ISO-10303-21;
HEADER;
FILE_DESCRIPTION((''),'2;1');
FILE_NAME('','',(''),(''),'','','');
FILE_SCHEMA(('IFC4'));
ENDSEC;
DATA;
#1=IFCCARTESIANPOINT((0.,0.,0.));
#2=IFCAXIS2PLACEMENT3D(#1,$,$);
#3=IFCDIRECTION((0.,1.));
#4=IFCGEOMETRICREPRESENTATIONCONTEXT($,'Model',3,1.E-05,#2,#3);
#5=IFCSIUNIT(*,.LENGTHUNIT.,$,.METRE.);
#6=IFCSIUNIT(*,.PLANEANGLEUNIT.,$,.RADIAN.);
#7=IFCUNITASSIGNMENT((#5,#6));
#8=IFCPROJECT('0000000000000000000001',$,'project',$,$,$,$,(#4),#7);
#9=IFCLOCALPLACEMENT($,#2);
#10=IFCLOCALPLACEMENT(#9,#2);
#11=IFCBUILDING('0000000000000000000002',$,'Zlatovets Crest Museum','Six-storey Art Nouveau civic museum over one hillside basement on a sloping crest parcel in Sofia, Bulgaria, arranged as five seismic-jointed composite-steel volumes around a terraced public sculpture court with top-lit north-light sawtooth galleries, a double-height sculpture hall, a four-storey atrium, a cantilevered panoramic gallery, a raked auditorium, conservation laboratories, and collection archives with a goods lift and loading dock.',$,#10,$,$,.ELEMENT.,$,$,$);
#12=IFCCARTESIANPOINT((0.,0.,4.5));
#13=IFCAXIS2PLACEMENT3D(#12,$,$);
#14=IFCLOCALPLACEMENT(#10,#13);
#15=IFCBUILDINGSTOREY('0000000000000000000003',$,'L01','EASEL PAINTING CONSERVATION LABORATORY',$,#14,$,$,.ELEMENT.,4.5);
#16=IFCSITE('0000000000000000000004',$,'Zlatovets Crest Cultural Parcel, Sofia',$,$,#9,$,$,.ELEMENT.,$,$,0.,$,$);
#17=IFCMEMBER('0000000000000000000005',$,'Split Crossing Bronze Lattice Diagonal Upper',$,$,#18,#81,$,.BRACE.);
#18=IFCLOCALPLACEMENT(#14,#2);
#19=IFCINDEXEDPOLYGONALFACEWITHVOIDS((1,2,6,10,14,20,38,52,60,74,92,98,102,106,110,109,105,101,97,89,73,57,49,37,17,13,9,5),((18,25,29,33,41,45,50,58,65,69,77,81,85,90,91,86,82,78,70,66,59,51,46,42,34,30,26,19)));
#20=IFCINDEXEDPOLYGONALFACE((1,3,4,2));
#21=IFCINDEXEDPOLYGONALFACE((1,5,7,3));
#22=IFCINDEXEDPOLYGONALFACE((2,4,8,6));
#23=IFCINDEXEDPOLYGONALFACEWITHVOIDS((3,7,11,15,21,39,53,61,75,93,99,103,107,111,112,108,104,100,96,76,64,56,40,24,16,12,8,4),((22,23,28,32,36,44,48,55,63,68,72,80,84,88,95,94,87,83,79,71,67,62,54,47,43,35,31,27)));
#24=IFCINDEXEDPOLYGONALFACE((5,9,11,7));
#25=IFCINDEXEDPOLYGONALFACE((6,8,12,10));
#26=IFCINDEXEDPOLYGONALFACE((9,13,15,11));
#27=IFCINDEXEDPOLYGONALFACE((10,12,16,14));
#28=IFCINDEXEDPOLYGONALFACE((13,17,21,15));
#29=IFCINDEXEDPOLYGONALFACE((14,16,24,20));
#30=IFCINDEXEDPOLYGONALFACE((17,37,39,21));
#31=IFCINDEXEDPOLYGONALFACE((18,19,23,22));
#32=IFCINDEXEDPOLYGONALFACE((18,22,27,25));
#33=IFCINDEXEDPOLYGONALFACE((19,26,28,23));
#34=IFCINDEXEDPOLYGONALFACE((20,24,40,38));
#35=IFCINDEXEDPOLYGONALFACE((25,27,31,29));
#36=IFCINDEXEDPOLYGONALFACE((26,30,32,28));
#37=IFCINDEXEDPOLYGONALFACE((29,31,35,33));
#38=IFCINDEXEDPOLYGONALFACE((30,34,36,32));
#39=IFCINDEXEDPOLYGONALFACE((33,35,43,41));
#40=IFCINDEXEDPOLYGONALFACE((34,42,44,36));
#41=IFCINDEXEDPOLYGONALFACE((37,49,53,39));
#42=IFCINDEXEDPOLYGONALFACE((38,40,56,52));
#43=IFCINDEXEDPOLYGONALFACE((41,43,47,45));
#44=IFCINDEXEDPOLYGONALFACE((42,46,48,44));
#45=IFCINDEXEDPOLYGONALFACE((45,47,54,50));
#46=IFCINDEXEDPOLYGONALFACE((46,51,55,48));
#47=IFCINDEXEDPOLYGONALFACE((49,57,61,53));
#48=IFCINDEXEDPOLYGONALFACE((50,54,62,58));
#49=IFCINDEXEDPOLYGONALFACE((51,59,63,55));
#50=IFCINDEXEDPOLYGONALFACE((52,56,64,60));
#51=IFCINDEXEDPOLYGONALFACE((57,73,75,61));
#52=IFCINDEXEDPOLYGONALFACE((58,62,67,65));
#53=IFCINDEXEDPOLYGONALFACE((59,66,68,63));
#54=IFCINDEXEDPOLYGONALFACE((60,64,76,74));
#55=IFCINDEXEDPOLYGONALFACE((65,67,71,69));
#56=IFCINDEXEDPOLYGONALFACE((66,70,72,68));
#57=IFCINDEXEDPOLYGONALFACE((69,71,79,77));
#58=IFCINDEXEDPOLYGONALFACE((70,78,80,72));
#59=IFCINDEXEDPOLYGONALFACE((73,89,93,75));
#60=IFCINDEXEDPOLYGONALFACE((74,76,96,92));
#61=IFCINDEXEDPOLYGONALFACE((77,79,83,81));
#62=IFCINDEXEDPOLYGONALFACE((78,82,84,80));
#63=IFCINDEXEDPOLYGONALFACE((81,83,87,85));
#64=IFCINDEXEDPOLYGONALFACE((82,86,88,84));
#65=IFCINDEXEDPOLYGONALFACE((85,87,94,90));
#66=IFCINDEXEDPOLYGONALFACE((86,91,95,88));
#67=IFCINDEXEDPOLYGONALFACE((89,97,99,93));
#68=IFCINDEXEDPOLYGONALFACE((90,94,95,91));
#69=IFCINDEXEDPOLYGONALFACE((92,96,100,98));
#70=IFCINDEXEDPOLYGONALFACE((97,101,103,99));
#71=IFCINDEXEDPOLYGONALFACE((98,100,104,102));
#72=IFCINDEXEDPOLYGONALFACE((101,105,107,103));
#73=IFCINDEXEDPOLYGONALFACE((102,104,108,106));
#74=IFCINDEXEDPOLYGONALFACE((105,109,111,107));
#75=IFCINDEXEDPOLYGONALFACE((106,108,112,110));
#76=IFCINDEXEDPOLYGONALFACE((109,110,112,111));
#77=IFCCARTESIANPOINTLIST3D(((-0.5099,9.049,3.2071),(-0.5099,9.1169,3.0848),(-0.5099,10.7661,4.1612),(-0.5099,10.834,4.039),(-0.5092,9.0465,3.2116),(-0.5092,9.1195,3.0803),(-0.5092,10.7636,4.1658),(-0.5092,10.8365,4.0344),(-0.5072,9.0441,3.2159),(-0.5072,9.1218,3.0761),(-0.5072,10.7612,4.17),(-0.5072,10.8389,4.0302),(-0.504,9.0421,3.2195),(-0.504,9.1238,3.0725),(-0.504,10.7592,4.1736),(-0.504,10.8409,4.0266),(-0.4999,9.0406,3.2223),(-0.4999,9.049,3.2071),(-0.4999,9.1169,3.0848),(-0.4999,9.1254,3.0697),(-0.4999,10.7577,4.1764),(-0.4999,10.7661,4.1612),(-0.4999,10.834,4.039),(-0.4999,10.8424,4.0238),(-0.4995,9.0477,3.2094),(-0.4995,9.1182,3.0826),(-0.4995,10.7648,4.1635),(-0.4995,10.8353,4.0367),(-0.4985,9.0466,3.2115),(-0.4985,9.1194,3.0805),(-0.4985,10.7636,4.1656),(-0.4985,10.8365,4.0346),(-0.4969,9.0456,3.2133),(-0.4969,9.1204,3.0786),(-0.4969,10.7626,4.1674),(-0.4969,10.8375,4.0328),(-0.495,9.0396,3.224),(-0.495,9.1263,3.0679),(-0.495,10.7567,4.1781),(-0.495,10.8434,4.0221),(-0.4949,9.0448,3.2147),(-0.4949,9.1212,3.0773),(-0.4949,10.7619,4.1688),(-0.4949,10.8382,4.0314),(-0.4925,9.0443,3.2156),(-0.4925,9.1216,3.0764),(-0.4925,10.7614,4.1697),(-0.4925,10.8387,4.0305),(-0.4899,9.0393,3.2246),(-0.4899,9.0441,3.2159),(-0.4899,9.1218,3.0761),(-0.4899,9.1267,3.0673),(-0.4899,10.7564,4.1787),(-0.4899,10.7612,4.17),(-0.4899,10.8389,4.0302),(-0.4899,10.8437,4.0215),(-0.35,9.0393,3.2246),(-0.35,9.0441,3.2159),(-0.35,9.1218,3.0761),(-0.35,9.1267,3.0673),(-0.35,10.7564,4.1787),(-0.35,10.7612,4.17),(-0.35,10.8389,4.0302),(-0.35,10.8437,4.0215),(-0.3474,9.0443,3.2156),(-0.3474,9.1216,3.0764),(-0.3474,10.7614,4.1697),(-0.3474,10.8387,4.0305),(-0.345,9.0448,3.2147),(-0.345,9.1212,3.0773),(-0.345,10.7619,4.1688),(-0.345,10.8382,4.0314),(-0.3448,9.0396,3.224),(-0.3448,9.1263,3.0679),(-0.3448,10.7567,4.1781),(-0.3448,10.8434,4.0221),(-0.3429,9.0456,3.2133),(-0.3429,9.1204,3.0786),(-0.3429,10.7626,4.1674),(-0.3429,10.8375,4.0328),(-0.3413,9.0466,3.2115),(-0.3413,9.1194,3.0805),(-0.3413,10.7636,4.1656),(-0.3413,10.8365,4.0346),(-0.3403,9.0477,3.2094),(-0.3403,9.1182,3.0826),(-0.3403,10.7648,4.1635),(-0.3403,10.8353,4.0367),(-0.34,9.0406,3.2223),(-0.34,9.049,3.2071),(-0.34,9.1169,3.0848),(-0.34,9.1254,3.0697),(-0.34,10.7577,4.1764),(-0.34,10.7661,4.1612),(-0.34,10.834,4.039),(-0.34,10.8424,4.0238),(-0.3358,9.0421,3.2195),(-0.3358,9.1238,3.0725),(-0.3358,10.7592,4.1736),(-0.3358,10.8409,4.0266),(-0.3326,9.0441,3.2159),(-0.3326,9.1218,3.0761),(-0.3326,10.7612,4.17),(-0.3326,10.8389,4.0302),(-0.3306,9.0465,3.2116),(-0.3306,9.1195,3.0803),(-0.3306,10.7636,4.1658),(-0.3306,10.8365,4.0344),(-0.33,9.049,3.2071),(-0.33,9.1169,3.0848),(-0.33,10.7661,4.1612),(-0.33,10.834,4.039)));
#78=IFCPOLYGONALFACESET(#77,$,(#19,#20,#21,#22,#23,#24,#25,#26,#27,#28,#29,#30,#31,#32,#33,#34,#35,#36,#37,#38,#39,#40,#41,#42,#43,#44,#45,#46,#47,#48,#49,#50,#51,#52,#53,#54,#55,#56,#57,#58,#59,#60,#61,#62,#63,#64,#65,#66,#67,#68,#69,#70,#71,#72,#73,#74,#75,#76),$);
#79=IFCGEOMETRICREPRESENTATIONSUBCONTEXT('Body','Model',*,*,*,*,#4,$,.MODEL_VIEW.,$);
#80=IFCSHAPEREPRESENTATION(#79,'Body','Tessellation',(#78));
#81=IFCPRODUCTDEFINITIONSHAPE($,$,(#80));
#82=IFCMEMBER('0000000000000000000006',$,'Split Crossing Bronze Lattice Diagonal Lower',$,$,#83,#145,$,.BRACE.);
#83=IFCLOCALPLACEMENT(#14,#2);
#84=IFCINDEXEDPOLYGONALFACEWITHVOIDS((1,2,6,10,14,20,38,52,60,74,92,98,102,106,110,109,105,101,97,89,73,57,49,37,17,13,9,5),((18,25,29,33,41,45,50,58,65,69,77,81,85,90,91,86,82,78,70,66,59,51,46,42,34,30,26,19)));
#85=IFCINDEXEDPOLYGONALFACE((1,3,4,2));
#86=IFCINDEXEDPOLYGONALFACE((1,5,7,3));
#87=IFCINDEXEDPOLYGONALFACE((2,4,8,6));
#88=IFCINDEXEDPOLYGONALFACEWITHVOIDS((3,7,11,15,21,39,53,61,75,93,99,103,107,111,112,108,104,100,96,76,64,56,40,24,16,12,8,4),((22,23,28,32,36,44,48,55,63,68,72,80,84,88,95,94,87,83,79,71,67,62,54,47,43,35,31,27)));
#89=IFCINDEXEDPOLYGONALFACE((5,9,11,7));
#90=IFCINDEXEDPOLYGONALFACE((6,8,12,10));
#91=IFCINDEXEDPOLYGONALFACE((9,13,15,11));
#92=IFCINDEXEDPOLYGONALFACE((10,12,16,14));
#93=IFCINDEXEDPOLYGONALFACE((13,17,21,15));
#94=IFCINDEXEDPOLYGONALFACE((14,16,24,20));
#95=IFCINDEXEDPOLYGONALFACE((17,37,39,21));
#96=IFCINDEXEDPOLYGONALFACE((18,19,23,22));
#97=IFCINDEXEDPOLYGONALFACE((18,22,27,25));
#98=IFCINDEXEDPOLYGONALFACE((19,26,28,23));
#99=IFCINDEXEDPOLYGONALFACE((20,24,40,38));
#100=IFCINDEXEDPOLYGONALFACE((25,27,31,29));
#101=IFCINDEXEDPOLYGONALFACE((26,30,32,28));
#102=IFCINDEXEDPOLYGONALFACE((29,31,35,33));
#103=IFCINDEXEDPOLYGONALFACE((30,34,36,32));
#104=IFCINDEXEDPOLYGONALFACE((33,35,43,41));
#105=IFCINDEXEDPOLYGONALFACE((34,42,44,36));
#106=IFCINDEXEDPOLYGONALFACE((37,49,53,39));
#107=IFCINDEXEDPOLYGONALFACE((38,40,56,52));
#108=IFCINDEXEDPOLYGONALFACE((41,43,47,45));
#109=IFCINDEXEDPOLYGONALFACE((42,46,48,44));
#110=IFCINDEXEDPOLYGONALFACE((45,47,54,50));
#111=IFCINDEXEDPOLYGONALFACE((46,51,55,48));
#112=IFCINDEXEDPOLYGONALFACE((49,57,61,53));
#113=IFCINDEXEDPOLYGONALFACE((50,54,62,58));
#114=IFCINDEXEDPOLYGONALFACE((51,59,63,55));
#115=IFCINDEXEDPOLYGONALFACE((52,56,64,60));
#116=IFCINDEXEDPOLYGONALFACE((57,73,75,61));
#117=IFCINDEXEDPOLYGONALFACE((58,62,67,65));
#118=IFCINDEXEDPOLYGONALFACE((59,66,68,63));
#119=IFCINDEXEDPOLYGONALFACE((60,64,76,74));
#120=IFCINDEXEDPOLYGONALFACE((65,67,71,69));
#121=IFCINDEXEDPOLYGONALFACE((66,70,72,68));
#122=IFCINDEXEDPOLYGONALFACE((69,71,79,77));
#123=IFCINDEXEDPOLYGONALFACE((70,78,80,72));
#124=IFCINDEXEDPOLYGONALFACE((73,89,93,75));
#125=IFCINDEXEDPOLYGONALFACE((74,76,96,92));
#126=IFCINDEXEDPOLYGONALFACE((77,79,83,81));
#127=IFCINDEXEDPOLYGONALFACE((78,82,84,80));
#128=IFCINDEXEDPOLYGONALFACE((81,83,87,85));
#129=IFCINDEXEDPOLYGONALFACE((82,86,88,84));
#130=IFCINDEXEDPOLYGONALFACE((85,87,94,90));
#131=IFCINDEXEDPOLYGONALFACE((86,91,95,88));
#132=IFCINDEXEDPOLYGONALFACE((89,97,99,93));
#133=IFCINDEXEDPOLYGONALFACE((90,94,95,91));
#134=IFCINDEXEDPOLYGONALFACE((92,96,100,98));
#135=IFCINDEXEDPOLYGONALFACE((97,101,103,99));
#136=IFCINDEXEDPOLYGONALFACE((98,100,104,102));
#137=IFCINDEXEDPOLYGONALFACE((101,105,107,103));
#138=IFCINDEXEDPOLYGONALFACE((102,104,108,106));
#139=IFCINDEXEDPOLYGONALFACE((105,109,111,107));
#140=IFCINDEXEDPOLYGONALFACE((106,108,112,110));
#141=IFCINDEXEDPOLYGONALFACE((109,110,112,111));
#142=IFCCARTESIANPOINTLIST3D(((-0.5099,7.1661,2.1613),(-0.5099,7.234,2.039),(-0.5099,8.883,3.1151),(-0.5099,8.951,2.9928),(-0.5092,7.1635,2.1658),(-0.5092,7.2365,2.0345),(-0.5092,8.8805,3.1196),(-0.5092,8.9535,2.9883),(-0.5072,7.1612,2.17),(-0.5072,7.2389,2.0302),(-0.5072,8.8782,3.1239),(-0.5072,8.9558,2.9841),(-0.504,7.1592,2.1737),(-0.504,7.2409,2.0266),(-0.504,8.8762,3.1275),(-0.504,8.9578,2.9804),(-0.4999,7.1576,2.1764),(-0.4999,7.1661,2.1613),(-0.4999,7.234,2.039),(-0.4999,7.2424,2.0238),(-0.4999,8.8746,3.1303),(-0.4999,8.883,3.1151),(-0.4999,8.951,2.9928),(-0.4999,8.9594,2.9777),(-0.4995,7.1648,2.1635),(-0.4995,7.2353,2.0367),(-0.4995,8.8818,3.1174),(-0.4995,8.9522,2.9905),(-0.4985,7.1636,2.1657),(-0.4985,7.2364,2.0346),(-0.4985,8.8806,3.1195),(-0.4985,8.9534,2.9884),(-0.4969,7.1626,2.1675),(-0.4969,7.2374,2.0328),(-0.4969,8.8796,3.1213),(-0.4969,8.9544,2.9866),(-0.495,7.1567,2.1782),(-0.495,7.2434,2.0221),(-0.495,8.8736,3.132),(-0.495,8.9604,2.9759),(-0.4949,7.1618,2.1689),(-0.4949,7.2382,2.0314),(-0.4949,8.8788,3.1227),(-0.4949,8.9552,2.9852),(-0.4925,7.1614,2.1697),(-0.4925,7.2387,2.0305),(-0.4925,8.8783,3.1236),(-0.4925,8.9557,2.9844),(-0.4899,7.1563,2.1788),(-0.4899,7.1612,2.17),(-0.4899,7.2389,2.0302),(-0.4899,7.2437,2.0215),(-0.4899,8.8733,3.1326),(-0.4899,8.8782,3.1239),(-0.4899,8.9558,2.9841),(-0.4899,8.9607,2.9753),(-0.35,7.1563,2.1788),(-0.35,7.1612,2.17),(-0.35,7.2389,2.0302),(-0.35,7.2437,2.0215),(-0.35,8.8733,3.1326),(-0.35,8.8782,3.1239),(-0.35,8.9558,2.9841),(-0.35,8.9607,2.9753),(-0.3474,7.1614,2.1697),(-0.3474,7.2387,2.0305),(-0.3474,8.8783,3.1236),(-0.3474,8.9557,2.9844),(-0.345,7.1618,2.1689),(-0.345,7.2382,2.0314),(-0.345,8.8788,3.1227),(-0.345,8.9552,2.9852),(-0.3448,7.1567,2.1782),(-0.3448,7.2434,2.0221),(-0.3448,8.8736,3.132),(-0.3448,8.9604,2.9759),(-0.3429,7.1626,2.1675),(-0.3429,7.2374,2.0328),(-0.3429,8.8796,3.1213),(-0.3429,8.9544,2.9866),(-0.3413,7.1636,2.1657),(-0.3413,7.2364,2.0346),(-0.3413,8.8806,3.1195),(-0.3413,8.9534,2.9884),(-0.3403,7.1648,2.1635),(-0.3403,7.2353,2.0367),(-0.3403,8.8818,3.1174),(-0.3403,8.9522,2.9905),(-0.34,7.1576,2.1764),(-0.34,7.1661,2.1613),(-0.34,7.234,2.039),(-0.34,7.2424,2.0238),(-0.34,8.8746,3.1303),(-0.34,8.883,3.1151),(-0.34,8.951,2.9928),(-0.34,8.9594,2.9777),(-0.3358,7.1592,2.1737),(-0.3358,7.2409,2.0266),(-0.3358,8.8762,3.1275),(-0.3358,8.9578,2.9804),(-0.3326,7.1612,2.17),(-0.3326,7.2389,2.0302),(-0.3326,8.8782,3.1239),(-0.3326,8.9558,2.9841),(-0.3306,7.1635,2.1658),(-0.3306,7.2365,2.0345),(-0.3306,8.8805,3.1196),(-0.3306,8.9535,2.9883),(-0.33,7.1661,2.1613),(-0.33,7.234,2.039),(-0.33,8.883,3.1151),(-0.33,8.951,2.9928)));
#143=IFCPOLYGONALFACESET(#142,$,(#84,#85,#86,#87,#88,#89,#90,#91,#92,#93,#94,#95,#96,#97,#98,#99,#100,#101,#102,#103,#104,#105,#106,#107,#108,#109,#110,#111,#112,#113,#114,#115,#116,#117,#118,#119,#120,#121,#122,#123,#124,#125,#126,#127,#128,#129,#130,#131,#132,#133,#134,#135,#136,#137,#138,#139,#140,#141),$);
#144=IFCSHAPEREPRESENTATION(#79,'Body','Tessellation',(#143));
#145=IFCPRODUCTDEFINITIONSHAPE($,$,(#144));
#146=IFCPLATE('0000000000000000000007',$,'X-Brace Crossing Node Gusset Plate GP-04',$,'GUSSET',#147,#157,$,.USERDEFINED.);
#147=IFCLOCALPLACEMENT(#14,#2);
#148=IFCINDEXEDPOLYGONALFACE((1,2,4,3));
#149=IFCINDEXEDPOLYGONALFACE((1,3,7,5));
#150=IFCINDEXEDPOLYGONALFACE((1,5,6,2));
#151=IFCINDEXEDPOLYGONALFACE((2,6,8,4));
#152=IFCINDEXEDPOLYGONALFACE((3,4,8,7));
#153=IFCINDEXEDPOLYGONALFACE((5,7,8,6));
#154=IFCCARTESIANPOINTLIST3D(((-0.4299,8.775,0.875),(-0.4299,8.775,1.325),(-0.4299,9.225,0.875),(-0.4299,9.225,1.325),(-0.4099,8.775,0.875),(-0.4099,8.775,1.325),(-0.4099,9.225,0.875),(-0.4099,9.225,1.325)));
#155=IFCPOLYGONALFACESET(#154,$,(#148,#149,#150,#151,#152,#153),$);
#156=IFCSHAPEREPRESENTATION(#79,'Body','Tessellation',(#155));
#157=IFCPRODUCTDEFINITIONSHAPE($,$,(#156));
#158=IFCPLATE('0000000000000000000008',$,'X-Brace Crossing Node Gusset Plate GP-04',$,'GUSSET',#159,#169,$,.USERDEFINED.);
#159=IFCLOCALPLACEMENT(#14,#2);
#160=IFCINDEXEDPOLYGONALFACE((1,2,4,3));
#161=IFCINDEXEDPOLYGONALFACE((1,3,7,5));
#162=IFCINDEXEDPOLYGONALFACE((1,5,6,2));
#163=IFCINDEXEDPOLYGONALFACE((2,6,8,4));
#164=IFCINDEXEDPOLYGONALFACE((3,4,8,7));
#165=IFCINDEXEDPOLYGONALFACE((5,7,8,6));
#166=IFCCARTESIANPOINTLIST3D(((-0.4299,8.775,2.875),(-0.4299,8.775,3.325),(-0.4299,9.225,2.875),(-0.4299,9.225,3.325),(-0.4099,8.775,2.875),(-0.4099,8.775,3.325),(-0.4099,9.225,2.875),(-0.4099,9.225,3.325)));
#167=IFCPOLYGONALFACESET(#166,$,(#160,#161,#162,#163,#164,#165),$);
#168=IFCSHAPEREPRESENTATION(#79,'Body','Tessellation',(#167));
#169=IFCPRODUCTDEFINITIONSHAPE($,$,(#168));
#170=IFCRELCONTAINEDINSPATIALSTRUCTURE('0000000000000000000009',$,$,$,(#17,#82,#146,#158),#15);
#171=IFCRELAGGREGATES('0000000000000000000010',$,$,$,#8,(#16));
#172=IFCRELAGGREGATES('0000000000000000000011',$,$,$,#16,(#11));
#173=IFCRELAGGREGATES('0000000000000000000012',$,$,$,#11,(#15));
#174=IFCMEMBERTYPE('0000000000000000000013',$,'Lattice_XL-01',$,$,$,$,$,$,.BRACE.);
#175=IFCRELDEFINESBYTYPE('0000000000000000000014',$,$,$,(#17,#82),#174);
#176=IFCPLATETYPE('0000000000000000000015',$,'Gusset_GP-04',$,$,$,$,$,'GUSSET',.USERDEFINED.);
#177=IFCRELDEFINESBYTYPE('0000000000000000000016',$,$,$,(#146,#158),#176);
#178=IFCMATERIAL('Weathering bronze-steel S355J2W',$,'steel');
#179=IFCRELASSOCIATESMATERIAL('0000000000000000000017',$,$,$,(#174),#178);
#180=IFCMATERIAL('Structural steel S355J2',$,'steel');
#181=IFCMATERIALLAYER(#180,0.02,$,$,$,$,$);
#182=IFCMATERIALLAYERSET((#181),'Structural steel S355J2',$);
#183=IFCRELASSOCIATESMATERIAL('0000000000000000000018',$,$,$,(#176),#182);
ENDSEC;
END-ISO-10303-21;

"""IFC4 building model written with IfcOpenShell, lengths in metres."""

from ifc_helpers import new_model, si_unit, direction, frame, origin, origin_2d, place, context, subcontext, project, spatial, rectangle, hollow_rectangle, extrude, material, layer, layer_set, material_profile, profile_set, type_object, element, save


model = new_model("IFC4")

# Units and contexts
model_context = context("Model", 3, precision=1e-05, world=origin(), true_north=direction((0.0, 1.0)))
body_context = subcontext(model_context, "Body", "Model", "MODEL_VIEW")
ifc_project = project(units=[si_unit("LENGTHUNIT", "METRE"), si_unit("PLANEANGLEUNIT", "RADIAN")], contexts=[model_context])

# Site, building, storey
site_placement = place(None, origin())
site = spatial("IfcSite", under=ifc_project, at=site_placement, Name="Zlatovets Crest Cultural Parcel, Sofia", CompositionType="ELEMENT", RefElevation=0.0)
building_placement = place(site_placement, origin())
building = spatial("IfcBuilding", under=site, at=building_placement, Name="Zlatovets Crest Museum", Description="Six-storey Art Nouveau civic museum over one hillside basement on a sloping crest parcel in Sofia, Bulgaria, arranged as five seismic-jointed composite-steel volumes around a terraced public sculpture court with top-lit north-light sawtooth galleries, a double-height sculpture hall, a four-storey atrium, a cantilevered panoramic gallery, a raked auditorium, conservation laboratories, and collection archives with a goods lift and loading dock.", CompositionType="ELEMENT")
storey_placement = place(building_placement, frame((0.0, 0.0, 4.5)))
storey = spatial("IfcBuildingStorey", under=building, at=storey_placement, Name="L01", Description="EASEL PAINTING CONSERVATION LABORATORY", CompositionType="ELEMENT", Elevation=4.5)

# Shared definitions
ifc_material_1 = material(Name="Structural steel S355J2", Category="steel")

# Members
ifc_material_2 = material(Name="Weathering bronze-steel S355J2W", Category="steel")
ifc_material_profile_1 = material_profile(ifc_material_2, hollow_rectangle(XDim=0.1799, YDim=0.1799, WallThickness=0.01, InnerFilletRadius=0.01, OuterFilletRadius=0.02, at=origin_2d()), Name="SHS 180x180x10.0")
ifc_profile_set_1 = profile_set([ifc_material_profile_1], Name="Weathering bronze-steel S355J2W")
member_type = type_object("IfcMemberType", Name="Lattice_XL-01", PredefinedType="BRACE", material=ifc_profile_set_1)
member_1_placement = place(storey_placement, frame((-0.4199, 10.8, 4.1001), z_axis=(0.0, -0.874116, -0.485717), x_axis=(1.0, 0.0, 0.0)))
element("IfcMember", 1, at=member_1_placement, inside=storey, type_object=member_type, Name="Split Crossing Bronze Lattice Diagonal Upper", PredefinedType="BRACE", context=body_context, shape_type="SweptSolid", body=[
    extrude(hollow_rectangle(XDim=0.1799, YDim=0.1799, WallThickness=0.01, InnerFilletRadius=0.01, OuterFilletRadius=0.02, at=origin_2d()), origin(), (0.0, 0.0, 1.0), 1.9644),
])
member_2_placement = place(storey_placement, frame((-0.4199, 8.917, 3.054), z_axis=(0.0, -0.874169, -0.485622), x_axis=(1.0, 0.0, 0.0)))
element("IfcMember", 2, at=member_2_placement, inside=storey, type_object=member_type, Name="Split Crossing Bronze Lattice Diagonal Lower", PredefinedType="BRACE", context=body_context, shape_type="SweptSolid", body=[
    extrude(hollow_rectangle(XDim=0.1799, YDim=0.1799, WallThickness=0.01, InnerFilletRadius=0.01, OuterFilletRadius=0.02, at=origin_2d()), origin(), (0.0, 0.0, 1.0), 1.9641),
])

# Plates
ifc_layer_1 = layer(ifc_material_1, 0.02)
ifc_layer_set_1 = layer_set([ifc_layer_1], Name="Structural steel S355J2")
plate_type = type_object("IfcPlateType", Name="Gusset_GP-04", ElementType="GUSSET", PredefinedType="USERDEFINED", material=ifc_layer_set_1)
for number, where, z_axis, x_axis, name in (
    (3, (-0.4199, 9.0, 0.875), (0.0, 0.0, 1.0), (1.0, 0.0, 0.0), "X-Brace Crossing Node Gusset Plate GP-04"),
    (4, (-0.4199, 9.0, 2.875), (0.0, 0.0, 1.0), (1.0, 0.0, 0.0), "X-Brace Crossing Node Gusset Plate GP-04"),
):
    element("IfcPlate", number, at=place(storey_placement, frame(where, z_axis=z_axis, x_axis=x_axis)), inside=storey, type_object=plate_type, Name=name, ObjectType="GUSSET", PredefinedType="USERDEFINED", context=body_context, shape_type="SweptSolid", body=[
        extrude(rectangle(XDim=0.02, YDim=0.45, at=origin_2d()), origin(), (0.0, 0.0, 1.0), 0.45),
    ])

save(model, "model.ifc")
